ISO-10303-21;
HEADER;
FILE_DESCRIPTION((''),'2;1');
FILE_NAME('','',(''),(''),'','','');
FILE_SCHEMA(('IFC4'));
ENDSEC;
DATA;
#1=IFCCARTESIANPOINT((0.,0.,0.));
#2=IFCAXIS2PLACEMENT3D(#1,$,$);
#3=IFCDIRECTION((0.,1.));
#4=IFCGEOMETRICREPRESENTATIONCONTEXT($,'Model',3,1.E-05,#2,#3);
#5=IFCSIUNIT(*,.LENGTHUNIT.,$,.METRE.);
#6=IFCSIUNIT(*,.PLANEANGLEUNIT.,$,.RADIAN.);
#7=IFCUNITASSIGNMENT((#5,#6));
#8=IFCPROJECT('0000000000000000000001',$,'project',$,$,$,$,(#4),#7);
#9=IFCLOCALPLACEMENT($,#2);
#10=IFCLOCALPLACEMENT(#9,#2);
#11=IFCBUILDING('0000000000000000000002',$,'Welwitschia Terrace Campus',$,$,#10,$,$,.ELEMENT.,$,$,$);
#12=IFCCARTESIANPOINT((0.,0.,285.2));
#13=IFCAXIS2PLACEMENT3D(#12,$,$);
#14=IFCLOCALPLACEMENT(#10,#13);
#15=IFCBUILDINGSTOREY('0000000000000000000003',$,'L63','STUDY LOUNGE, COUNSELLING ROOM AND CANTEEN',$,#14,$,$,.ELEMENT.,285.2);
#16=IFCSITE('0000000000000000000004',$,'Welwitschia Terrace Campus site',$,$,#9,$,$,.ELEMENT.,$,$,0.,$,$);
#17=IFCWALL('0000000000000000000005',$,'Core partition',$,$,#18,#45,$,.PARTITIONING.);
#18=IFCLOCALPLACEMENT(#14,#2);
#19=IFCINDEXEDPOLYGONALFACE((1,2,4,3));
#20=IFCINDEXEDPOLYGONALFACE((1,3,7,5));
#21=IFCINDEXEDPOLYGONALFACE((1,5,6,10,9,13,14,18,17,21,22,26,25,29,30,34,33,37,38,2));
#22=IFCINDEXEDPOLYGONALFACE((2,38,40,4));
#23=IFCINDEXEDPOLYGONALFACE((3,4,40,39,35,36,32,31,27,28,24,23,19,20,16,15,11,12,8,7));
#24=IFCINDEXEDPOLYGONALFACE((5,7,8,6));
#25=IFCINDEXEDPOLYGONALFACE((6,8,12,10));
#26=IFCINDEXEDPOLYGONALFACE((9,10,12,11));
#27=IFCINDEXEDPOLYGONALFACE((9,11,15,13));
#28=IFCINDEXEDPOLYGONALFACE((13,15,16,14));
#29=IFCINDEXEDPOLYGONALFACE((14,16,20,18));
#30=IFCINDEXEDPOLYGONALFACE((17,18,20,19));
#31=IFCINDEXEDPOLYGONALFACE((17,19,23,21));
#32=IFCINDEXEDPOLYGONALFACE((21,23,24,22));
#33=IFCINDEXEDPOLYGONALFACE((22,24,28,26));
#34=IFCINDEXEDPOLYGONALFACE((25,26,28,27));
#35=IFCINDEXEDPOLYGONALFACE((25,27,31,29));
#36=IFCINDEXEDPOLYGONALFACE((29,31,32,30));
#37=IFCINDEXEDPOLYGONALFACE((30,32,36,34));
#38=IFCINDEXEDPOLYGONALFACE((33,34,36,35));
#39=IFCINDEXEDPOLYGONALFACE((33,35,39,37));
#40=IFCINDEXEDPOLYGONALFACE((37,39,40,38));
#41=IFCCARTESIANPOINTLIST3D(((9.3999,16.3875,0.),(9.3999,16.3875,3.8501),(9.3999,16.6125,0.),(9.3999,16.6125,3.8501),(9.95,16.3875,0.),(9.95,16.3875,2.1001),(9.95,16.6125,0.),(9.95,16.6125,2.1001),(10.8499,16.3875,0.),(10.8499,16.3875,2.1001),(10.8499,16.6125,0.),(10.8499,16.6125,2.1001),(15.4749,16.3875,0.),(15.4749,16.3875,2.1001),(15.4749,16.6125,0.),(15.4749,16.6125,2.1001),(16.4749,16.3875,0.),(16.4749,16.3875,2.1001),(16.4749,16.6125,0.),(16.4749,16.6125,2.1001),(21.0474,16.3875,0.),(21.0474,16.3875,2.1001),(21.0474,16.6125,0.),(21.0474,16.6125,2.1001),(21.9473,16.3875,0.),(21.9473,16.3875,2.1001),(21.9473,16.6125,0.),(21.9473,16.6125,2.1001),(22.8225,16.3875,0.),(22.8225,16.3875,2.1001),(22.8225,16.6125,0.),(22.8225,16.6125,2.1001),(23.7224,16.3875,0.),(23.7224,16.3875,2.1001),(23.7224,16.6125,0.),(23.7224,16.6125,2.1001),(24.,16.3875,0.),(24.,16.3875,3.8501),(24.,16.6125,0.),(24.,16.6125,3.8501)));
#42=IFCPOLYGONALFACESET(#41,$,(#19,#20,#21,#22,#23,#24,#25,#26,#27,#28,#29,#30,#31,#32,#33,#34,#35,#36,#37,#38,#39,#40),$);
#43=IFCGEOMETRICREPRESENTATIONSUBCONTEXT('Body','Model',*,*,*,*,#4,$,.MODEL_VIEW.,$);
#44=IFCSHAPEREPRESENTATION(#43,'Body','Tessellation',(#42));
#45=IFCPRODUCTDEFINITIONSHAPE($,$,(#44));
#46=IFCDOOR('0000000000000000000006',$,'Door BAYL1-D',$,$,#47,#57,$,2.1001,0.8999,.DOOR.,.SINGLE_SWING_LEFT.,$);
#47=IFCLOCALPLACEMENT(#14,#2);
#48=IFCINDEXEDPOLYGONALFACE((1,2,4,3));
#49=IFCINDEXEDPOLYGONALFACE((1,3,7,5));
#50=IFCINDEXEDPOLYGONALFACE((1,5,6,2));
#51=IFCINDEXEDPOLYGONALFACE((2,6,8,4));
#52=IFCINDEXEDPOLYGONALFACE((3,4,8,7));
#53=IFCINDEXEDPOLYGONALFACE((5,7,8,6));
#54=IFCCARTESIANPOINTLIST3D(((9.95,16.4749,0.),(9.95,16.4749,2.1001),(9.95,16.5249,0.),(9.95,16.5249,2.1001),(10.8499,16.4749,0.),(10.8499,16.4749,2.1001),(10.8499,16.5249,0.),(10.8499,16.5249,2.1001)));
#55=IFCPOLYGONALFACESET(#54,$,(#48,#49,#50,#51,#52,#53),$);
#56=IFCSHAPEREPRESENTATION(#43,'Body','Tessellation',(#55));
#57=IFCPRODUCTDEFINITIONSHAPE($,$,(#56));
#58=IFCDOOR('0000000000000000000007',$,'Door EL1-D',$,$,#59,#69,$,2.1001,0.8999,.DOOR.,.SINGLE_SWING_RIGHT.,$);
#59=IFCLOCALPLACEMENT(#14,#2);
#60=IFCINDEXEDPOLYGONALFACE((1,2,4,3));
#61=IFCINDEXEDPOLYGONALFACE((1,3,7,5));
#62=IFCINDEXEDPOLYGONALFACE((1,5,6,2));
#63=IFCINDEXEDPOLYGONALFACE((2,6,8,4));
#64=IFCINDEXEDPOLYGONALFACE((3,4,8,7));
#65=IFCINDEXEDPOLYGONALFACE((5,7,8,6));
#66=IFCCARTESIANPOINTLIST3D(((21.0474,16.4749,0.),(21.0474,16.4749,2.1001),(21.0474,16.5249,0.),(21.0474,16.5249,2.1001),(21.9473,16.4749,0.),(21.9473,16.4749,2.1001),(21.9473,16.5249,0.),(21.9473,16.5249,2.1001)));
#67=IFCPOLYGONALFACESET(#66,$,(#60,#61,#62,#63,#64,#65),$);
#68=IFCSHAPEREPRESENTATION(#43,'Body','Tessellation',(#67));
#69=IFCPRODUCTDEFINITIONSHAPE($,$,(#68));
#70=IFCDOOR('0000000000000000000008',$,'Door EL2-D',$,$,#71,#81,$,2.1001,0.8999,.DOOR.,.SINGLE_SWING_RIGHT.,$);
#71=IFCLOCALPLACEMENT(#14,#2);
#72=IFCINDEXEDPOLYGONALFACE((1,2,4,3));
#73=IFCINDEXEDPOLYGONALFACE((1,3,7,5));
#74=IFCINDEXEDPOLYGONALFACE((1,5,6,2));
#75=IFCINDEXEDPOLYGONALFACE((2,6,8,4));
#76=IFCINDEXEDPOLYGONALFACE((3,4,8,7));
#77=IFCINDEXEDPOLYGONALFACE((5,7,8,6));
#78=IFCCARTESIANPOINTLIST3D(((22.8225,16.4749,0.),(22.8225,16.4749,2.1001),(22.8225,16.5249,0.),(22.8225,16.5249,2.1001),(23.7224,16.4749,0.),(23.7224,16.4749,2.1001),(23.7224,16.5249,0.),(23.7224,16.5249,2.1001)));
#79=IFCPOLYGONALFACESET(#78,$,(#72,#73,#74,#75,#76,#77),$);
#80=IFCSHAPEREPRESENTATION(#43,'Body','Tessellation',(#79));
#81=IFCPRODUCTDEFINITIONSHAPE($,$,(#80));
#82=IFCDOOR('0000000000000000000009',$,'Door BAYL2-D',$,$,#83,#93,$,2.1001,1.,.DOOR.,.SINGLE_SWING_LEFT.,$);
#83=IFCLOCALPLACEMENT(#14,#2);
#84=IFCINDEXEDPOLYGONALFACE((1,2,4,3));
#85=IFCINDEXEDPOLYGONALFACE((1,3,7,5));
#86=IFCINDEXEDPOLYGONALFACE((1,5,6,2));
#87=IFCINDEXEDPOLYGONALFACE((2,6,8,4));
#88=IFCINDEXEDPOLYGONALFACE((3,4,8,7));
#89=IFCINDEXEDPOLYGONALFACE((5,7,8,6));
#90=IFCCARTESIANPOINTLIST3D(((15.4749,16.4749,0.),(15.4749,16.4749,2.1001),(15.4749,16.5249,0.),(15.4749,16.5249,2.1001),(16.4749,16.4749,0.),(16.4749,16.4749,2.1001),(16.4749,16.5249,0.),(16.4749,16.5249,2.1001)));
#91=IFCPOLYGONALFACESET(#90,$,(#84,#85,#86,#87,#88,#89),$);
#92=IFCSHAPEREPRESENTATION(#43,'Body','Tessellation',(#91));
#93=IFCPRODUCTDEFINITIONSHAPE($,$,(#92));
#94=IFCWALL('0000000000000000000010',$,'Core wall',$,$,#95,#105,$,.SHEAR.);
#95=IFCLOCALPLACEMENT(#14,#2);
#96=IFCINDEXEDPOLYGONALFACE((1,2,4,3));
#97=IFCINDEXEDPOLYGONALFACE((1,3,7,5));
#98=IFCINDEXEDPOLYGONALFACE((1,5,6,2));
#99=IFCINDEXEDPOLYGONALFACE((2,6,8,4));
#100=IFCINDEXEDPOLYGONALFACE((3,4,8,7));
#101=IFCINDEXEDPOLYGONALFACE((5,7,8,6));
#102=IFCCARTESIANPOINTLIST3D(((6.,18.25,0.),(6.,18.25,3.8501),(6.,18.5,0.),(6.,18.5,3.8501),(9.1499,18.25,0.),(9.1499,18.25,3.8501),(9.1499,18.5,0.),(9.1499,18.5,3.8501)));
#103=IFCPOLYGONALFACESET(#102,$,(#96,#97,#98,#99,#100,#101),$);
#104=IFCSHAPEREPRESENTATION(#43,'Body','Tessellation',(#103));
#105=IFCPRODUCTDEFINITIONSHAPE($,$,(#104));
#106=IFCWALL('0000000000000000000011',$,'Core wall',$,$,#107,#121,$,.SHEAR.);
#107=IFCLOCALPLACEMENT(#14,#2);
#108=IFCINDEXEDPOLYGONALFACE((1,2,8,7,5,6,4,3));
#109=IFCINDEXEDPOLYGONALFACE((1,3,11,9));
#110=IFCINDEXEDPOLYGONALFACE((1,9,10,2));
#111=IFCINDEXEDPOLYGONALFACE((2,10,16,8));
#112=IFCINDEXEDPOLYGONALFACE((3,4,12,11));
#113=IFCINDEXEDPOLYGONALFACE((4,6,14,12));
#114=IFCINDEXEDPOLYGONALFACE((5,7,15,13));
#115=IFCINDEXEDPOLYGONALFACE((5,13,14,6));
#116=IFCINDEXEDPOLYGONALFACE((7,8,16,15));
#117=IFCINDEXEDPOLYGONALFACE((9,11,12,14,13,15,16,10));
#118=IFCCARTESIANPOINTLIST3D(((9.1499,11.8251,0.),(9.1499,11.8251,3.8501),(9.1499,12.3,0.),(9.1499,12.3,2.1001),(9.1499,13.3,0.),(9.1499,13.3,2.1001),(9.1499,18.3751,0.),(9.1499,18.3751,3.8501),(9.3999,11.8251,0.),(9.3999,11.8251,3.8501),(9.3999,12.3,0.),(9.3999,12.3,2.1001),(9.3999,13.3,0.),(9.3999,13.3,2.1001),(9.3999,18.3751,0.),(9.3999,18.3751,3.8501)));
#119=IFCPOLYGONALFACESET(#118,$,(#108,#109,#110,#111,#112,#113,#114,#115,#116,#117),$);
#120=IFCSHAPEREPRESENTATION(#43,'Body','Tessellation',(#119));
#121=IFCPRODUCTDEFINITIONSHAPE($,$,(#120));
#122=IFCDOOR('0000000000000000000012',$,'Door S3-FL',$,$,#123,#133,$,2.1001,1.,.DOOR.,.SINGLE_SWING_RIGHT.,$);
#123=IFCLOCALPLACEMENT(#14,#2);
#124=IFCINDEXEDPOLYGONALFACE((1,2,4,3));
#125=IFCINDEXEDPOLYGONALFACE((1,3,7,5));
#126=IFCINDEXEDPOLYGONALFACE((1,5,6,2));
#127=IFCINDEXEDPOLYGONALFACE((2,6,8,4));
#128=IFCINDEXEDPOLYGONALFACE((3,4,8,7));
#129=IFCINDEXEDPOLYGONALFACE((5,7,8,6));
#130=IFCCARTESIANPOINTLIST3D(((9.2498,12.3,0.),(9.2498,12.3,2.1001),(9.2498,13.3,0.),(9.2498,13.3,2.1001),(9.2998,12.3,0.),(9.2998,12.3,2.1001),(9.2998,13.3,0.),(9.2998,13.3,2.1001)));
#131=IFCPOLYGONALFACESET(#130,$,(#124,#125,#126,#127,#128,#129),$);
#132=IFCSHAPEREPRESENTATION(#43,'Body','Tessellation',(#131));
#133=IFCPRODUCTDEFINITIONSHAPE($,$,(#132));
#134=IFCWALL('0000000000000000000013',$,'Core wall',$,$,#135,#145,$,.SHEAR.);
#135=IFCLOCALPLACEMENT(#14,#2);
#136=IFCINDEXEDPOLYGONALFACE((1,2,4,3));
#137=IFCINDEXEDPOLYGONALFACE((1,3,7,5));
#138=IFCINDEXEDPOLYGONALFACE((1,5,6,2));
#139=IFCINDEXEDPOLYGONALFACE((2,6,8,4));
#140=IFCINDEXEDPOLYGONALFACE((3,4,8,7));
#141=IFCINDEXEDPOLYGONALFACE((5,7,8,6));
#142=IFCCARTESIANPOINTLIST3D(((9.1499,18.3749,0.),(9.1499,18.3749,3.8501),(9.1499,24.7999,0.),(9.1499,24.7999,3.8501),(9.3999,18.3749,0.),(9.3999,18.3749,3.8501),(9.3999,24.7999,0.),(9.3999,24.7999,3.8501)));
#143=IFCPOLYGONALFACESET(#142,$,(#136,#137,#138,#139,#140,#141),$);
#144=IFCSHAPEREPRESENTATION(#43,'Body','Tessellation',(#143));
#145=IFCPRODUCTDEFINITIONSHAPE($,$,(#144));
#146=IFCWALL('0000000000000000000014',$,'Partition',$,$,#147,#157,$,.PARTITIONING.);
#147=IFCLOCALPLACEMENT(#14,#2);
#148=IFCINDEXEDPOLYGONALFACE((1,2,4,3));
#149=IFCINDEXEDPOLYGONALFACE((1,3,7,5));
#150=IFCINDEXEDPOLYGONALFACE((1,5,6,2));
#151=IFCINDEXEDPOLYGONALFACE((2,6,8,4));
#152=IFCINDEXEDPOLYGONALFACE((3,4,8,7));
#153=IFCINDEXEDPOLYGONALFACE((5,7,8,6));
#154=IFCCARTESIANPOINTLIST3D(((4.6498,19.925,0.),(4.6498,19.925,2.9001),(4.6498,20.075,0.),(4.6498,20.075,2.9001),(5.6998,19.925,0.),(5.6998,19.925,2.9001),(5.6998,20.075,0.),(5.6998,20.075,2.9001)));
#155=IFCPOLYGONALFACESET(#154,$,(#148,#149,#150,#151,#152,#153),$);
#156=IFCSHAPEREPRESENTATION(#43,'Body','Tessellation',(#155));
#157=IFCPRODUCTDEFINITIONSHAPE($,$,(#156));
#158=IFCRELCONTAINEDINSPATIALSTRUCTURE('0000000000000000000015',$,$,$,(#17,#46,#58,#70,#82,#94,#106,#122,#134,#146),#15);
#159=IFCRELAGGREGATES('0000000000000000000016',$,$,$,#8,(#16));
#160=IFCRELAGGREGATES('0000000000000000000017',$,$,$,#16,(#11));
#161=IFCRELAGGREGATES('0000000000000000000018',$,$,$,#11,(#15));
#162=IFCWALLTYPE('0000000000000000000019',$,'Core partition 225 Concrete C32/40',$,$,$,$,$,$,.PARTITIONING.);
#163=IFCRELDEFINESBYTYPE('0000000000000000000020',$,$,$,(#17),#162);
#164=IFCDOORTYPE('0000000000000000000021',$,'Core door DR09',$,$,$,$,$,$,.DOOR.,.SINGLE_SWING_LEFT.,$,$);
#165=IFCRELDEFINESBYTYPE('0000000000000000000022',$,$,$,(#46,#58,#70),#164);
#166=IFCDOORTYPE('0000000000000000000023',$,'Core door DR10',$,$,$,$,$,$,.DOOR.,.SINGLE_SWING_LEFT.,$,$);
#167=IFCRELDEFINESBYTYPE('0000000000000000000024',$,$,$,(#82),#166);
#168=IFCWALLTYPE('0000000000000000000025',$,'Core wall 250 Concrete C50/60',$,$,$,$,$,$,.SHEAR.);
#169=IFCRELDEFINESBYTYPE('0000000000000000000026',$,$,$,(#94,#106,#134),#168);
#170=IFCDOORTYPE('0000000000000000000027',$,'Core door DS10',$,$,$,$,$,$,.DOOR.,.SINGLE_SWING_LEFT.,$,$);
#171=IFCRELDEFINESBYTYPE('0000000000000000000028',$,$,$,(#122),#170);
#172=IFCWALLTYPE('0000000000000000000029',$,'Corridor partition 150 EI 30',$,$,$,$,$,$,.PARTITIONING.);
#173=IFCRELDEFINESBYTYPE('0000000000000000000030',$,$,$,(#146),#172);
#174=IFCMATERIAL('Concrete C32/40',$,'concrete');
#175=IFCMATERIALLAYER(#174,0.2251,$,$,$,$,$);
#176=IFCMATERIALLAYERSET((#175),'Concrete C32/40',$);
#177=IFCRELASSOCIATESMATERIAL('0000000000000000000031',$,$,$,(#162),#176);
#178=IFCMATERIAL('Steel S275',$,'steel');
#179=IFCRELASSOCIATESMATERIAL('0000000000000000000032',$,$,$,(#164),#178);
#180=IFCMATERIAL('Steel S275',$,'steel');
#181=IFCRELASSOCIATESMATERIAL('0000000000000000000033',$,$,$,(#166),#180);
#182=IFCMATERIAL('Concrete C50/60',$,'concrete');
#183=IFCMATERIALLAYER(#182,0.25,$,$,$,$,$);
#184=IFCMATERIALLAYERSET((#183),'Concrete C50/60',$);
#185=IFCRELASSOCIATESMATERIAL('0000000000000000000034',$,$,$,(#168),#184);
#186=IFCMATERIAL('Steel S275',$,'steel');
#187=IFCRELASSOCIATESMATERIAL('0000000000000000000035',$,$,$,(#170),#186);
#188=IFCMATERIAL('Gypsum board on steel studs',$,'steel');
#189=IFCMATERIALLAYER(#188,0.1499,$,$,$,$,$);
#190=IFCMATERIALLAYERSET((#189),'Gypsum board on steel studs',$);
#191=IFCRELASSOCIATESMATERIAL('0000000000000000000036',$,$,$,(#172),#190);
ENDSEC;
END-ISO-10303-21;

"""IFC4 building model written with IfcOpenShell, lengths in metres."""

from ifc_helpers import new_model, si_unit, direction, frame, frame_2d, origin, place, context, subcontext, project, spatial, rectangle, extrude, material, layer, layer_set, type_object, element, fill, save


model = new_model("IFC4")

# Units and contexts
model_context = context("Model", 3, precision=1e-05, world=origin(), true_north=direction((0.0, 1.0)))
body_context = subcontext(model_context, "Body", "Model", "MODEL_VIEW")
ifc_project = project(units=[si_unit("LENGTHUNIT", "METRE"), si_unit("PLANEANGLEUNIT", "RADIAN")], contexts=[model_context])

# Site, building, storey
site_placement = place(None, origin())
site = spatial("IfcSite", under=ifc_project, at=site_placement, Name="Welwitschia Terrace Campus site", CompositionType="ELEMENT", RefElevation=0.0)
building_placement = place(site_placement, origin())
building = spatial("IfcBuilding", under=site, at=building_placement, Name="Welwitschia Terrace Campus", CompositionType="ELEMENT")
storey_placement = place(building_placement, frame((0.0, 0.0, 285.2)))
storey = spatial("IfcBuildingStorey", under=building, at=storey_placement, Name="L63", Description="STUDY LOUNGE, COUNSELLING ROOM AND CANTEEN", CompositionType="ELEMENT", Elevation=285.2)

# Shared definitions
ifc_material_1 = material(Name="Concrete C32/40", Category="concrete")
ifc_layer_1 = layer(ifc_material_1, 0.2251)
ifc_layer_set_1 = layer_set([ifc_layer_1], Name="Concrete C32/40")
wall_type_1 = type_object("IfcWallType", Name="Core partition 225 Concrete C32/40", PredefinedType="PARTITIONING", material=ifc_layer_set_1)

# Wall, openings, doors
wall_1_placement = place(storey_placement, frame((9.3999, 16.5, 0.0), z_axis=(0.0, 0.0, 1.0), x_axis=(1.0, 0.0, 0.0)))
wall_1 = element("IfcWall", 1, at=wall_1_placement, inside=storey, type_object=wall_type_1, Name="Core partition", PredefinedType="PARTITIONING", context=body_context, shape_type="SweptSolid", body=[
    extrude(rectangle(XDim=14.6001, YDim=0.2251, at=frame_2d((7.3, 0.0))), origin(), (0.0, 0.0, 1.0), 3.8501),
])
opening_1_placement = place(wall_1_placement, frame((0.55, 0.0, 0.0)))
opening_1 = element("IfcOpeningElement", 2, at=opening_1_placement, cuts=wall_1, PredefinedType="OPENING", context=body_context, shape_type="SweptSolid", body=[
    extrude(rectangle(XDim=0.8999, YDim=2.1001, at=frame_2d((0.45, 1.05))), frame((0.0, 0.1226, 0.0), z_axis=(0.0, -1.0, 0.0), x_axis=(1.0, 0.0, 0.0)), (0.0, 0.0, 1.0), 0.2451),
])
opening_2_placement = place(wall_1_placement, frame((6.075, 0.0, 0.0)))
opening_2 = element("IfcOpeningElement", 3, at=opening_2_placement, cuts=wall_1, PredefinedType="OPENING", context=body_context, shape_type="SweptSolid", body=[
    extrude(rectangle(XDim=1.0, YDim=2.1001, at=frame_2d((0.5, 1.05))), frame((0.0, 0.1226, 0.0), z_axis=(0.0, -1.0, 0.0), x_axis=(1.0, 0.0, 0.0)), (0.0, 0.0, 1.0), 0.2451),
])
opening_3_placement = place(wall_1_placement, frame((11.6475, 0.0, 0.0)))
opening_3 = element("IfcOpeningElement", 4, at=opening_3_placement, cuts=wall_1, PredefinedType="OPENING", context=body_context, shape_type="SweptSolid", body=[
    extrude(rectangle(XDim=0.8999, YDim=2.1001, at=frame_2d((0.45, 1.05))), frame((0.0, 0.1226, 0.0), z_axis=(0.0, -1.0, 0.0), x_axis=(1.0, 0.0, 0.0)), (0.0, 0.0, 1.0), 0.2451),
])
opening_4_placement = place(wall_1_placement, frame((13.4226, 0.0, 0.0)))
opening_4 = element("IfcOpeningElement", 5, at=opening_4_placement, cuts=wall_1, PredefinedType="OPENING", context=body_context, shape_type="SweptSolid", body=[
    extrude(rectangle(XDim=0.8999, YDim=2.1001, at=frame_2d((0.45, 1.05))), frame((0.0, 0.1226, 0.0), z_axis=(0.0, -1.0, 0.0), x_axis=(1.0, 0.0, 0.0)), (0.0, 0.0, 1.0), 0.2451),
])
ifc_material_2 = material(Name="Steel S275", Category="steel")
door_type_1 = type_object("IfcDoorType", Name="Core door DR09", OperationType="SINGLE_SWING_LEFT", PredefinedType="DOOR", material=ifc_material_2)
door_1_placement = place(opening_1_placement, origin())
door_1 = element("IfcDoor", 6, at=door_1_placement, inside=storey, type_object=door_type_1, Name="Door BAYL1-D", OperationType="SINGLE_SWING_LEFT", OverallHeight=2.1001, OverallWidth=0.8999, PredefinedType="DOOR", context=body_context, shape_type="SweptSolid", body=[
    extrude(rectangle(XDim=0.8999, YDim=2.1001, at=frame_2d((0.45, 1.05))), frame((0.0, 0.0249, 0.0), z_axis=(0.0, -1.0, 0.0), x_axis=(1.0, 0.0, 0.0)), (0.0, 0.0, 1.0), 0.05),
])
fill(opening_1, door_1)
door_2_placement = place(opening_3_placement, origin())
door_2 = element("IfcDoor", 7, at=door_2_placement, inside=storey, type_object=door_type_1, Name="Door EL1-D", OperationType="SINGLE_SWING_RIGHT", OverallHeight=2.1001, OverallWidth=0.8999, PredefinedType="DOOR", context=body_context, shape_type="SweptSolid", body=[
    extrude(rectangle(XDim=0.8999, YDim=2.1001, at=frame_2d((0.45, 1.05))), frame((0.0, 0.0249, 0.0), z_axis=(0.0, -1.0, 0.0), x_axis=(1.0, 0.0, 0.0)), (0.0, 0.0, 1.0), 0.05),
])
fill(opening_3, door_2)
door_3_placement = place(opening_4_placement, origin())
door_3 = element("IfcDoor", 8, at=door_3_placement, inside=storey, type_object=door_type_1, Name="Door EL2-D", OperationType="SINGLE_SWING_RIGHT", OverallHeight=2.1001, OverallWidth=0.8999, PredefinedType="DOOR", context=body_context, shape_type="SweptSolid", body=[
    extrude(rectangle(XDim=0.8999, YDim=2.1001, at=frame_2d((0.45, 1.05))), frame((0.0, 0.0249, 0.0), z_axis=(0.0, -1.0, 0.0), x_axis=(1.0, 0.0, 0.0)), (0.0, 0.0, 1.0), 0.05),
])
fill(opening_4, door_3)
ifc_material_3 = material(Name="Steel S275", Category="steel")
door_type_2 = type_object("IfcDoorType", Name="Core door DR10", OperationType="SINGLE_SWING_LEFT", PredefinedType="DOOR", material=ifc_material_3)
door_4_placement = place(opening_2_placement, origin())
door_4 = element("IfcDoor", 9, at=door_4_placement, inside=storey, type_object=door_type_2, Name="Door BAYL2-D", OperationType="SINGLE_SWING_LEFT", OverallHeight=2.1001, OverallWidth=1.0, PredefinedType="DOOR", context=body_context, shape_type="SweptSolid", body=[
    extrude(rectangle(XDim=1.0, YDim=2.1001, at=frame_2d((0.5, 1.05))), frame((0.0, 0.0249, 0.0), z_axis=(0.0, -1.0, 0.0), x_axis=(1.0, 0.0, 0.0)), (0.0, 0.0, 1.0), 0.05),
])
fill(opening_2, door_4)

# Wall
ifc_material_4 = material(Name="Concrete C50/60", Category="concrete")
ifc_layer_2 = layer(ifc_material_4, 0.25)
ifc_layer_set_2 = layer_set([ifc_layer_2], Name="Concrete C50/60")
wall_type_2 = type_object("IfcWallType", Name="Core wall 250 Concrete C50/60", PredefinedType="SHEAR", material=ifc_layer_set_2)
wall_2_placement = place(storey_placement, frame((6.0, 18.375, 0.0), z_axis=(0.0, 0.0, 1.0), x_axis=(1.0, 0.0, 0.0)))
element("IfcWall", 10, at=wall_2_placement, inside=storey, type_object=wall_type_2, Name="Core wall", PredefinedType="SHEAR", context=body_context, shape_type="SweptSolid", body=[
    extrude(rectangle(XDim=3.1499, YDim=0.25, at=frame_2d((1.575, 0.0))), origin(), (0.0, 0.0, 1.0), 3.8501),
])

# Wall, opening, door
wall_3_placement = place(storey_placement, frame((9.2749, 18.375, 0.0), z_axis=(0.0, 0.0, 1.0), x_axis=(0.0, -1.0, 0.0)))
wall_3 = element("IfcWall", 11, at=wall_3_placement, inside=storey, type_object=wall_type_2, Name="Core wall", PredefinedType="SHEAR", context=body_context, shape_type="SweptSolid", body=[
    extrude(rectangle(XDim=6.55, YDim=0.25, at=frame_2d((3.2749, 0.0))), origin(), (0.0, 0.0, 1.0), 3.8501),
])
opening_5_placement = place(wall_3_placement, frame((5.075, 0.0, 0.0)))
opening_5 = element("IfcOpeningElement", 12, at=opening_5_placement, cuts=wall_3, PredefinedType="OPENING", context=body_context, shape_type="SweptSolid", body=[
    extrude(rectangle(XDim=1.0, YDim=2.1001, at=frame_2d((0.5, 1.05))), frame((0.0, 0.135, 0.0), z_axis=(0.0, -1.0, 0.0), x_axis=(1.0, 0.0, 0.0)), (0.0, 0.0, 1.0), 0.27),
])
ifc_material_5 = material(Name="Steel S275", Category="steel")
door_type_3 = type_object("IfcDoorType", Name="Core door DS10", OperationType="SINGLE_SWING_LEFT", PredefinedType="DOOR", material=ifc_material_5)
door_5_placement = place(opening_5_placement, origin())
door_5 = element("IfcDoor", 13, at=door_5_placement, inside=storey, type_object=door_type_3, Name="Door S3-FL", OperationType="SINGLE_SWING_RIGHT", OverallHeight=2.1001, OverallWidth=1.0, PredefinedType="DOOR", context=body_context, shape_type="SweptSolid", body=[
    extrude(rectangle(XDim=1.0, YDim=2.1001, at=frame_2d((0.5, 1.05))), frame((0.0, 0.0249, 0.0), z_axis=(0.0, -1.0, 0.0), x_axis=(1.0, 0.0, 0.0)), (0.0, 0.0, 1.0), 0.05),
])
fill(opening_5, door_5)

# Walls
wall_4_placement = place(storey_placement, frame((9.2749, 18.375, 0.0), z_axis=(0.0, 0.0, 1.0), x_axis=(0.0, 1.0, 0.0)))
element("IfcWall", 14, at=wall_4_placement, inside=storey, type_object=wall_type_2, Name="Core wall", PredefinedType="SHEAR", context=body_context, shape_type="SweptSolid", body=[
    extrude(rectangle(XDim=6.425, YDim=0.25, at=frame_2d((3.2124, 0.0))), origin(), (0.0, 0.0, 1.0), 3.8501),
])
ifc_material_6 = material(Name="Gypsum board on steel studs", Category="steel")
ifc_layer_3 = layer(ifc_material_6, 0.1499)
ifc_layer_set_3 = layer_set([ifc_layer_3], Name="Gypsum board on steel studs")
wall_type_3 = type_object("IfcWallType", Name="Corridor partition 150 EI 30", PredefinedType="PARTITIONING", material=ifc_layer_set_3)
wall_5_placement = place(storey_placement, frame((4.6499, 20.0, 0.0), z_axis=(0.0, 0.0, 1.0), x_axis=(1.0, 0.0, 0.0)))
element("IfcWall", 15, at=wall_5_placement, inside=storey, type_object=wall_type_3, Name="Partition", PredefinedType="PARTITIONING", context=body_context, shape_type="SweptSolid", body=[
    extrude(rectangle(XDim=1.05, YDim=0.1499, at=frame_2d((0.5249, 0.0))), origin(), (0.0, 0.0, 1.0), 2.9001),
])

save(model, "model.ifc")
